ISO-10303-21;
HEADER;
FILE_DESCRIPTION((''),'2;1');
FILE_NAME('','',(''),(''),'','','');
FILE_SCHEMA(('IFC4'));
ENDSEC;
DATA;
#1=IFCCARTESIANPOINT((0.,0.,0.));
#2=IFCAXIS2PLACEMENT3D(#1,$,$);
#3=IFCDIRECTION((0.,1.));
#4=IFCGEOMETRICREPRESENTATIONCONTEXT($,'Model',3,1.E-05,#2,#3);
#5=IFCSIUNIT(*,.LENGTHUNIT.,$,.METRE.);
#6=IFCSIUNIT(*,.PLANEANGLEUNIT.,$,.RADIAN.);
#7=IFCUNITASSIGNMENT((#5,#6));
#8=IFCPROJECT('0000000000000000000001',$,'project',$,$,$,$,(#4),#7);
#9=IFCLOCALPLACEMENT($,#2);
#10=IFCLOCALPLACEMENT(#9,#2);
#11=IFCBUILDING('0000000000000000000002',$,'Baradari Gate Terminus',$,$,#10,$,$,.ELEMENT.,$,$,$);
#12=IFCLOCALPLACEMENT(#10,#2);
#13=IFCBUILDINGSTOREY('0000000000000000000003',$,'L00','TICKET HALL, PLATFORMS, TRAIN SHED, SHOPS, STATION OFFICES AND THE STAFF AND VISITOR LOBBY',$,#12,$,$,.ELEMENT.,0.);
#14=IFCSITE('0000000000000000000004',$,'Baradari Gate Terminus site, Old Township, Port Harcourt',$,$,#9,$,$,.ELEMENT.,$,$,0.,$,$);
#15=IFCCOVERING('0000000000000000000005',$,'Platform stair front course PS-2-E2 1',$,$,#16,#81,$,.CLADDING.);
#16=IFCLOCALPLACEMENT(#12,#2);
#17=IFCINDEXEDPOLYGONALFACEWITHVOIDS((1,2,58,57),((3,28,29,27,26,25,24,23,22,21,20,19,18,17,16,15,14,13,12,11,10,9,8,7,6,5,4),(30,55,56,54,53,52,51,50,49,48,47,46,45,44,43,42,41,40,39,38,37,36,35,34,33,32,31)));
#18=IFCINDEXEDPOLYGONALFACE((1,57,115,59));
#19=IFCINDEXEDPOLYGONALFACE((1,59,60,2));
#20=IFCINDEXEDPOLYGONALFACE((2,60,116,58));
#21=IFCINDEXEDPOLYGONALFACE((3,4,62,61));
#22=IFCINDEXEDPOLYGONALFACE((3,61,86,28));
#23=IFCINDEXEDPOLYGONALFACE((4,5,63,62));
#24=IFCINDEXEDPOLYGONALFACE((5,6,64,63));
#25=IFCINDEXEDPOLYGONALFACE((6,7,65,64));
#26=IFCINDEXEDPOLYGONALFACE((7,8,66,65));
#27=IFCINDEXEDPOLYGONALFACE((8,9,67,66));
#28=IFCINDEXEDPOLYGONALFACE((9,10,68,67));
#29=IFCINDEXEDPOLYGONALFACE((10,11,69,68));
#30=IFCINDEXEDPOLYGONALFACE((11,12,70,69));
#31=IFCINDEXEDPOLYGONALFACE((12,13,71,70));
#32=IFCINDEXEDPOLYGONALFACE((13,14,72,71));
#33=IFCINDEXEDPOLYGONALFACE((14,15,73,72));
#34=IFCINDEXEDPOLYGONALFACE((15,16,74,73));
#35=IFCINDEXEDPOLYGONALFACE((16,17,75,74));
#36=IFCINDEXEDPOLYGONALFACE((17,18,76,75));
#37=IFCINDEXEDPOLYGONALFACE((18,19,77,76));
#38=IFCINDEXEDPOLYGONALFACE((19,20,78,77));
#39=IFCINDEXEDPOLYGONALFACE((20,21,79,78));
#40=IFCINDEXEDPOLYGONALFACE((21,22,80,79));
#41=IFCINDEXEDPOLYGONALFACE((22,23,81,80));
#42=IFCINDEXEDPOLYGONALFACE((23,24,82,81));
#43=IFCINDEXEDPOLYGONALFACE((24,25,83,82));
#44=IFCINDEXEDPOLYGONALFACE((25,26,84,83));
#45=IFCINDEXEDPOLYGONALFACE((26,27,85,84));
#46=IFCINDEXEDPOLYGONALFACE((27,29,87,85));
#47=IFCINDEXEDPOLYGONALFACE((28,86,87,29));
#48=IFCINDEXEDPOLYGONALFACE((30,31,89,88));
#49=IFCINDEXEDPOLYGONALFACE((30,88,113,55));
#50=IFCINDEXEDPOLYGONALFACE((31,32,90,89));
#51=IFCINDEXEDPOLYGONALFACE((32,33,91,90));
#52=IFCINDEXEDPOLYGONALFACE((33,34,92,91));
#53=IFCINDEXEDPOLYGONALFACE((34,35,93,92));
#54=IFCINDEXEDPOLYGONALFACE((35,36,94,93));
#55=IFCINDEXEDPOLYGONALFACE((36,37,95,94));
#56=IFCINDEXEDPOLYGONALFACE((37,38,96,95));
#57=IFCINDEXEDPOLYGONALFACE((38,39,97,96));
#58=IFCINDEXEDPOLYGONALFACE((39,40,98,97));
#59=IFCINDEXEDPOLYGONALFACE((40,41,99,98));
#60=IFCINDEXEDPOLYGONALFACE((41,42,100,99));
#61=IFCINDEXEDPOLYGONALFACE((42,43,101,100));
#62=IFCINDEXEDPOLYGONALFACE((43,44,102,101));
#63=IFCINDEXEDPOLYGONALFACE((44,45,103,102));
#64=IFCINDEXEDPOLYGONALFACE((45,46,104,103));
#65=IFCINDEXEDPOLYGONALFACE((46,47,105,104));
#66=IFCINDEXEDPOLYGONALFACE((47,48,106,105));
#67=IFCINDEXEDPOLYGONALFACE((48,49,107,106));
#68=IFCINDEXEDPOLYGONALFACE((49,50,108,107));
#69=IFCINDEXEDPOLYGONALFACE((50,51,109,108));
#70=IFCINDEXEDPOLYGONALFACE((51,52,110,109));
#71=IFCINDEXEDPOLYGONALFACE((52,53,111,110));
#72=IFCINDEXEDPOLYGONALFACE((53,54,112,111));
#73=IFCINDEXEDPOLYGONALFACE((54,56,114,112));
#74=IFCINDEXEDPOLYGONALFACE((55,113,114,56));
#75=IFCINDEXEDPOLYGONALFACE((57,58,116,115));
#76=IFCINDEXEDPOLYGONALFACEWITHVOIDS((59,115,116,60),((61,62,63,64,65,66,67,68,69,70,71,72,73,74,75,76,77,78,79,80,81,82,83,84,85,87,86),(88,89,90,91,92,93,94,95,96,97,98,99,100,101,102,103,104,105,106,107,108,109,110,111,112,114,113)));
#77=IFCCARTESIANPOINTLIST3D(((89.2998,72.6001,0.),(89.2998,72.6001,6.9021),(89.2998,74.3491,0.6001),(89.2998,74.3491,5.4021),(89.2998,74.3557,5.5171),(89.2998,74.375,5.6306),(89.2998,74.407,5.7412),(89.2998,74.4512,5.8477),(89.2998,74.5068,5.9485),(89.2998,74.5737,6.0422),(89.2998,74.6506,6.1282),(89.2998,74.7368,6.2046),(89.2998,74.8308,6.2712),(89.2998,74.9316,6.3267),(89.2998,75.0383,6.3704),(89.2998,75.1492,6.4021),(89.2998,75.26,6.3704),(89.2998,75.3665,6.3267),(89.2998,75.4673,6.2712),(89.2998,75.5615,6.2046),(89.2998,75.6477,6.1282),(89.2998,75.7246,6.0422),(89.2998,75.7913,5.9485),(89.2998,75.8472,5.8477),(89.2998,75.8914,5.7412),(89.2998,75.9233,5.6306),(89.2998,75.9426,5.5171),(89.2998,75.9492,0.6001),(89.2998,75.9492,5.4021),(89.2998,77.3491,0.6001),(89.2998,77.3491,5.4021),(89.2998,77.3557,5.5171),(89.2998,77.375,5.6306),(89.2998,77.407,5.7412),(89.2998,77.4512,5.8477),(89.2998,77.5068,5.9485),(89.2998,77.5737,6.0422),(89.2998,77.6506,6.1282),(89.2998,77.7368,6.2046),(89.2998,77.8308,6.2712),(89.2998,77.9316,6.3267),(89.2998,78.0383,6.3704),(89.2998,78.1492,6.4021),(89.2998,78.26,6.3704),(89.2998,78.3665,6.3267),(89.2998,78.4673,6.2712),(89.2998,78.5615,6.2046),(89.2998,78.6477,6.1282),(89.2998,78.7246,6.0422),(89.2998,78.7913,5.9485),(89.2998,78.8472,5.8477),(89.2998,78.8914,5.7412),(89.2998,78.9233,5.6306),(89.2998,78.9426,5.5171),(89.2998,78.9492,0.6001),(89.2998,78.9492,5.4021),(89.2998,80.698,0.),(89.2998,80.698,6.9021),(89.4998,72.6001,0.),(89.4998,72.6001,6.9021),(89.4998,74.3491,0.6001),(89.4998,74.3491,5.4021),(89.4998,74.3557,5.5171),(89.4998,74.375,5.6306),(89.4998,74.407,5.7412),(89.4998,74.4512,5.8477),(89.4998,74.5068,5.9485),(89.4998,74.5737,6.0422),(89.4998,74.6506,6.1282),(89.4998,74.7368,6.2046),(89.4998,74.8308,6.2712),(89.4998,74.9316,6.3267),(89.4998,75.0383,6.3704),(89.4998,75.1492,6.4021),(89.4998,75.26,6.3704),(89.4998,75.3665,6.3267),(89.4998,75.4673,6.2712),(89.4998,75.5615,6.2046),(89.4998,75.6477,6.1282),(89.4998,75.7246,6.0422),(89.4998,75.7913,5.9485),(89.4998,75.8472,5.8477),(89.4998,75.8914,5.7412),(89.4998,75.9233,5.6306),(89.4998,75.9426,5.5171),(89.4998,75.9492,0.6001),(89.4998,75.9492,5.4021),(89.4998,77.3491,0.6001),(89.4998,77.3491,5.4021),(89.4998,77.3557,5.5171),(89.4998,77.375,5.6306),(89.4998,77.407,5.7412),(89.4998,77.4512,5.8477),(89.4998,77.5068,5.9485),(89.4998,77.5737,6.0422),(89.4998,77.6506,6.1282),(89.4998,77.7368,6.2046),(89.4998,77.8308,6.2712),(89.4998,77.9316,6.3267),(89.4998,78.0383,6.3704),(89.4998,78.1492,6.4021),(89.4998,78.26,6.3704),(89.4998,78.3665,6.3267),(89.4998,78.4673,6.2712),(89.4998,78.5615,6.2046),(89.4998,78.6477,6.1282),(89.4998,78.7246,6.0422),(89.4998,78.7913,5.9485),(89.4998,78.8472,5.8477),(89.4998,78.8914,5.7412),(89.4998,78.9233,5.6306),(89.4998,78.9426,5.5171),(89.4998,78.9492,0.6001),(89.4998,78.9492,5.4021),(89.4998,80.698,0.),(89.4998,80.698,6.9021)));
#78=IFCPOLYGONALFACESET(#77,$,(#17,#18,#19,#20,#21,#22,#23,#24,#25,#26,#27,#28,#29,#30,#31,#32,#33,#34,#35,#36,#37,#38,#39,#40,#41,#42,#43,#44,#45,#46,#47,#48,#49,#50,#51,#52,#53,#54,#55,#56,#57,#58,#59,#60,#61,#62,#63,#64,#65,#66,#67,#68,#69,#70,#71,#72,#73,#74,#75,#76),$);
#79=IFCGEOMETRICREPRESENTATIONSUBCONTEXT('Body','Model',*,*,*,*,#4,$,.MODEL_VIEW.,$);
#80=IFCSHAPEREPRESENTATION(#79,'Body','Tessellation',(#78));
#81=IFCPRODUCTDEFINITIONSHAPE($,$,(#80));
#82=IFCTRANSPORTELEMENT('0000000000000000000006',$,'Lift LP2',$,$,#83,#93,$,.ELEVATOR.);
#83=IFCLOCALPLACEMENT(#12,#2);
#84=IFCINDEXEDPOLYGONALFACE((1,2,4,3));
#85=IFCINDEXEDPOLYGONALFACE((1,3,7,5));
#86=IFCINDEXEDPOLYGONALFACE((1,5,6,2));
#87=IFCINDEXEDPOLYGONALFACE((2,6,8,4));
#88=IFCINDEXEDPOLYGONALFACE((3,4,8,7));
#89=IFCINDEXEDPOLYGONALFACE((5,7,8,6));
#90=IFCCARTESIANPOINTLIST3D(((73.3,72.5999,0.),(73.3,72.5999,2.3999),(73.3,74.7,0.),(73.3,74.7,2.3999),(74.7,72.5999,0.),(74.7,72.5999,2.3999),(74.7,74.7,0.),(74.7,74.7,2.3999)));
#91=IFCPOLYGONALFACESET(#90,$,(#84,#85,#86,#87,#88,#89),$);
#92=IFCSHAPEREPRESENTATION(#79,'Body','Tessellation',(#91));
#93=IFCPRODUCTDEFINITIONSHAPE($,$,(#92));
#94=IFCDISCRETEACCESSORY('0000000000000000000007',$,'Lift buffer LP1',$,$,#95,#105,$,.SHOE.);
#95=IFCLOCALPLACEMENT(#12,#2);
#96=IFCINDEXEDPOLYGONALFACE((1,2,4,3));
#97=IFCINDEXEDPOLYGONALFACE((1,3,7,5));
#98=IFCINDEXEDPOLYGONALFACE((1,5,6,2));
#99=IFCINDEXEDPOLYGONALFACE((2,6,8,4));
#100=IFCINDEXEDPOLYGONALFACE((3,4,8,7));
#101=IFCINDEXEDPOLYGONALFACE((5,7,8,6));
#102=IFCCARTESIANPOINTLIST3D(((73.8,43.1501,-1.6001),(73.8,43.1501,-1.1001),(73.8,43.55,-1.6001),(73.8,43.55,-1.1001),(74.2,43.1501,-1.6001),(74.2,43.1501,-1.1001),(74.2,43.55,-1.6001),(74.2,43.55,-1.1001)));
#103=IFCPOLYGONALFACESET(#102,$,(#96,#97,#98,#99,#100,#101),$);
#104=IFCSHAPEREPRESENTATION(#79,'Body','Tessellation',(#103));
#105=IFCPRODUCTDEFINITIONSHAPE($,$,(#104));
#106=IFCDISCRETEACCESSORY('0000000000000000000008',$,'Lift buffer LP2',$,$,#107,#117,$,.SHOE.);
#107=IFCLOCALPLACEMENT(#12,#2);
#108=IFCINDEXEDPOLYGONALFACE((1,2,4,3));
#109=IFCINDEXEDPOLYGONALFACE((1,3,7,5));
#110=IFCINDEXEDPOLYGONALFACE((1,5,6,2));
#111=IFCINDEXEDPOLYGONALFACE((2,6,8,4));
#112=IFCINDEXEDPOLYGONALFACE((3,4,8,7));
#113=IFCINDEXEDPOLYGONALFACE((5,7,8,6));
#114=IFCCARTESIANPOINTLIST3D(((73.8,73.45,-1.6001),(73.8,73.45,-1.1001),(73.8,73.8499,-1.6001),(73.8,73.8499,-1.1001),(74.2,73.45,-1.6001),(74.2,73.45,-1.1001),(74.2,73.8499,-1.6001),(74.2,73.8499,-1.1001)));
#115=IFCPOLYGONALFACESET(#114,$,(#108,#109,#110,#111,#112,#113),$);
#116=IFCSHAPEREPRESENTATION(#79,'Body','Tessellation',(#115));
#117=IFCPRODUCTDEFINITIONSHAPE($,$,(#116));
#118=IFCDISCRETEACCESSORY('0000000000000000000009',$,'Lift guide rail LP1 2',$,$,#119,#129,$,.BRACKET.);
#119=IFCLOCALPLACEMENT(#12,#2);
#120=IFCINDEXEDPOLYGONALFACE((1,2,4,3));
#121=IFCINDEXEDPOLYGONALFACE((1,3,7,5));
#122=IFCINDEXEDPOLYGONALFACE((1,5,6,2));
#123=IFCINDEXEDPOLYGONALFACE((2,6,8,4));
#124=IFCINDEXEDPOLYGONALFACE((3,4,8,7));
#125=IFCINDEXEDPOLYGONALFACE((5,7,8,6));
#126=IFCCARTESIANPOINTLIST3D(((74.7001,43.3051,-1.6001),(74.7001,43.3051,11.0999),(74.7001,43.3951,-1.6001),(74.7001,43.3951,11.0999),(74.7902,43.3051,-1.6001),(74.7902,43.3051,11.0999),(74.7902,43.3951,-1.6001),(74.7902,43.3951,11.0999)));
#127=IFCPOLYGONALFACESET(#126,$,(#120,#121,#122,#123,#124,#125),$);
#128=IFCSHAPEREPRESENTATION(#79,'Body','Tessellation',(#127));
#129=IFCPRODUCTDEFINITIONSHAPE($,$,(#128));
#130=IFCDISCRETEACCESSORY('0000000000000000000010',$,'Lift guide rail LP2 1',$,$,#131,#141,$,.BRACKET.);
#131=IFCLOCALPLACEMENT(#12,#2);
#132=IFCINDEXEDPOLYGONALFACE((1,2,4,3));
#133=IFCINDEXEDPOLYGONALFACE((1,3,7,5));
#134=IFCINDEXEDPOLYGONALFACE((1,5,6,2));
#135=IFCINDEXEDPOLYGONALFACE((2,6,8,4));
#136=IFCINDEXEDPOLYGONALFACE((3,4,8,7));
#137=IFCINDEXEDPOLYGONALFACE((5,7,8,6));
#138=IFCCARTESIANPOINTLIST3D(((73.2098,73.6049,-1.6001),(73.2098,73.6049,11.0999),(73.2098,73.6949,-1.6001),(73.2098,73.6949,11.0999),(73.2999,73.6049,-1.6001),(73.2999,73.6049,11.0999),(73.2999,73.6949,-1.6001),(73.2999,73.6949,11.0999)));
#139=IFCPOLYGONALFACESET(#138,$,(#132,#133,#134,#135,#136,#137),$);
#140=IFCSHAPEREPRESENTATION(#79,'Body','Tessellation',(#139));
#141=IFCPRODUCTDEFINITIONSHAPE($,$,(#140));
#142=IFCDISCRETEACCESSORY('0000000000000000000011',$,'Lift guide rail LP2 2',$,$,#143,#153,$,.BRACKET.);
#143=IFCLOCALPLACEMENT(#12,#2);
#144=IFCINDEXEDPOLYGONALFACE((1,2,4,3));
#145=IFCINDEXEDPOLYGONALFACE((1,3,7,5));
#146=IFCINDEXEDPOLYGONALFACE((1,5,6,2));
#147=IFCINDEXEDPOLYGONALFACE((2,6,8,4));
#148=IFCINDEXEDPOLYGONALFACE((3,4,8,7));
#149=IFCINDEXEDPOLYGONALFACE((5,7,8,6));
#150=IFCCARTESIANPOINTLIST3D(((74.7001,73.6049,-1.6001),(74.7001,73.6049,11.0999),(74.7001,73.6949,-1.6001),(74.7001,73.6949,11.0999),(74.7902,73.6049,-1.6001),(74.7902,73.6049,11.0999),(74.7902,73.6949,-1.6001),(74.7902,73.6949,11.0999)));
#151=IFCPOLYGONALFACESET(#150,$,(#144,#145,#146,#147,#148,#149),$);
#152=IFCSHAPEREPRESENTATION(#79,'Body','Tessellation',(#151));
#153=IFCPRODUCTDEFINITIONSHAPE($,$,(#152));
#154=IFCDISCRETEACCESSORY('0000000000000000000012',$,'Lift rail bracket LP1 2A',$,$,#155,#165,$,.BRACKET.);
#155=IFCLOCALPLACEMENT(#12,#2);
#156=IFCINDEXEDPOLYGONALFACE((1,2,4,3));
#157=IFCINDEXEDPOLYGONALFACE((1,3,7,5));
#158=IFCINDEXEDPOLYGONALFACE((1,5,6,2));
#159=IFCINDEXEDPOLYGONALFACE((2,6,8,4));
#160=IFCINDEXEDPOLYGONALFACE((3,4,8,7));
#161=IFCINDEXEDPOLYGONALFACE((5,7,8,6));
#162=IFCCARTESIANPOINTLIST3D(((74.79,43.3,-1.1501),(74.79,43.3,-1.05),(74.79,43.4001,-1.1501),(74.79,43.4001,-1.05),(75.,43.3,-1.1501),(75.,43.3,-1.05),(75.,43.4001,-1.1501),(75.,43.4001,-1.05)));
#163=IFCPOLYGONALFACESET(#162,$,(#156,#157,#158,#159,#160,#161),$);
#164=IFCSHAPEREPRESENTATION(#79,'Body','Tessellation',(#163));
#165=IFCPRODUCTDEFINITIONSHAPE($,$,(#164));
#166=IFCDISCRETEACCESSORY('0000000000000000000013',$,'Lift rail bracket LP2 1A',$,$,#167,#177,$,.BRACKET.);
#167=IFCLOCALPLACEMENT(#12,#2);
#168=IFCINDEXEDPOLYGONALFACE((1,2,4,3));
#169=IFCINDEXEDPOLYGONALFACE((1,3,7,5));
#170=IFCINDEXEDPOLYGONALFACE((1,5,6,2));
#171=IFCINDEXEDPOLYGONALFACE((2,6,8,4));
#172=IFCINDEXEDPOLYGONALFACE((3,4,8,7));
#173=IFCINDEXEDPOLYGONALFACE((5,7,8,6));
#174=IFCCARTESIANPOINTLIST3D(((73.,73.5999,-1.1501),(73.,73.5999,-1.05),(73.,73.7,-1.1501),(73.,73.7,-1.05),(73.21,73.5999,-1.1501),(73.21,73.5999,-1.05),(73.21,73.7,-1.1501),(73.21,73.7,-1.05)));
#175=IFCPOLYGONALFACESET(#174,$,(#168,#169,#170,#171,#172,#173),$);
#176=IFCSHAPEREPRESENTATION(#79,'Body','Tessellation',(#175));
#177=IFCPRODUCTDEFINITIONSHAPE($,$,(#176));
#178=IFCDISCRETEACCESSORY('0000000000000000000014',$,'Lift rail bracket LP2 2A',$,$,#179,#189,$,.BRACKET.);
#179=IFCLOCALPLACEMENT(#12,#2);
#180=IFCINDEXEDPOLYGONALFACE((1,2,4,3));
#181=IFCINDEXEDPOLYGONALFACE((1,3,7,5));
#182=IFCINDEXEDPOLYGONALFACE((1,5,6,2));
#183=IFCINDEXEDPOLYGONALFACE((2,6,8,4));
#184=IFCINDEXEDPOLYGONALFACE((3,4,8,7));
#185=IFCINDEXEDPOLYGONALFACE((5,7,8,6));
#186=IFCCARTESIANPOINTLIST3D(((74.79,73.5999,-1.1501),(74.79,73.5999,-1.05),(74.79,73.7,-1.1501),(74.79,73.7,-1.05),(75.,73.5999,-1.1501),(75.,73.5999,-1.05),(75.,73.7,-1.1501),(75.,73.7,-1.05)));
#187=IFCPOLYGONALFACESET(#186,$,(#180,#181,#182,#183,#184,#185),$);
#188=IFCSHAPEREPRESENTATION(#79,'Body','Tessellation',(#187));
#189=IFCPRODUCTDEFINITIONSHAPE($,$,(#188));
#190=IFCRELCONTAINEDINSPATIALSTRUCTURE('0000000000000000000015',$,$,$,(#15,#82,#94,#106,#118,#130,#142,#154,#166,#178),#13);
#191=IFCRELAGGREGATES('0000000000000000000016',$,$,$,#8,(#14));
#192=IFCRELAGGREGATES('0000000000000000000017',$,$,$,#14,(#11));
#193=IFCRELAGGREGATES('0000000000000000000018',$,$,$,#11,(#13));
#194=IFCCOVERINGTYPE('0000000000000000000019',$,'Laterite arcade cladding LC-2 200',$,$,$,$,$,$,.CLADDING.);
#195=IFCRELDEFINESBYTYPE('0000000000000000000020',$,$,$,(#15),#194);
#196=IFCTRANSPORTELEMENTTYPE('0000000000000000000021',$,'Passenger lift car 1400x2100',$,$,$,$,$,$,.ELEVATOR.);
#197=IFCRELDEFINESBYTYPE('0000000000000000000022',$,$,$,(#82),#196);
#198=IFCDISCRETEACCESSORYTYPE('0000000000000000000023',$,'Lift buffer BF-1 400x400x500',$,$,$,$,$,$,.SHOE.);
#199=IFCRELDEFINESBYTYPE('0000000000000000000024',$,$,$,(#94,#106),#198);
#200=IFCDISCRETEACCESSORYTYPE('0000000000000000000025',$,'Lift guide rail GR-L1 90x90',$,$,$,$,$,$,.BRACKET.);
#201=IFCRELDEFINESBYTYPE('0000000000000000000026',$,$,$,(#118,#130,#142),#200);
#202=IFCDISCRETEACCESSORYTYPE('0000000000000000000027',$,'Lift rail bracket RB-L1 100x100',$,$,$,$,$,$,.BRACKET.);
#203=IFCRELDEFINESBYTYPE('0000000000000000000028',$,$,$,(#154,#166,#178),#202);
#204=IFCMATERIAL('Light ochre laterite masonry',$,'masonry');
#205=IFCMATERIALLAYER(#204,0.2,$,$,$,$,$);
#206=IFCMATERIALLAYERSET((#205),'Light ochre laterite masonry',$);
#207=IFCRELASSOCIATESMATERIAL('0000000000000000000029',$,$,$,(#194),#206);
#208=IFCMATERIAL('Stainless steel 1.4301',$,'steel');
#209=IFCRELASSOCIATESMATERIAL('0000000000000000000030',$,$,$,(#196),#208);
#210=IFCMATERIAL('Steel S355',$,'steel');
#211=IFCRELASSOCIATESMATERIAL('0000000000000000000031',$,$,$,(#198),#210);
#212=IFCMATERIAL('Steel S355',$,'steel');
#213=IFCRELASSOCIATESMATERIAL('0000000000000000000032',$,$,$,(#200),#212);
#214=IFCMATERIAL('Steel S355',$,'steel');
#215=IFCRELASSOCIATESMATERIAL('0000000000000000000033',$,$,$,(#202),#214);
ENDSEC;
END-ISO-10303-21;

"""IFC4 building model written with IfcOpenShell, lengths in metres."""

from ifc_helpers import new_model, si_unit, direction, frame, origin, origin_2d, place, context, subcontext, project, spatial, polyline, rectangle, outline, extrude, material, layer, layer_set, type_object, element, save


model = new_model("IFC4")

# Units and contexts
model_context = context("Model", 3, precision=1e-05, world=origin(), true_north=direction((0.0, 1.0)))
body_context = subcontext(model_context, "Body", "Model", "MODEL_VIEW")
ifc_project = project(units=[si_unit("LENGTHUNIT", "METRE"), si_unit("PLANEANGLEUNIT", "RADIAN")], contexts=[model_context])

# Site, building, storey
site_placement = place(None, origin())
site = spatial("IfcSite", under=ifc_project, at=site_placement, Name="Baradari Gate Terminus site, Old Township, Port Harcourt", CompositionType="ELEMENT", RefElevation=0.0)
building_placement = place(site_placement, origin())
building = spatial("IfcBuilding", under=site, at=building_placement, Name="Baradari Gate Terminus", CompositionType="ELEMENT")
storey_placement = place(building_placement, origin())
storey = spatial("IfcBuildingStorey", under=building, at=storey_placement, Name="L00", Description="TICKET HALL, PLATFORMS, TRAIN SHED, SHOPS, STATION OFFICES AND THE STAFF AND VISITOR LOBBY", CompositionType="ELEMENT", Elevation=0.0)

# Covering
ifc_material_1 = material(Name="Light ochre laterite masonry", Category="masonry")
ifc_layer_1 = layer(ifc_material_1, 0.2)
ifc_layer_set_1 = layer_set([ifc_layer_1], Name="Light ochre laterite masonry")
covering_type = type_object("IfcCoveringType", Name="Laterite arcade cladding LC-2 200", PredefinedType="CLADDING", material=ifc_layer_set_1)
covering_1_placement = place(storey_placement, frame((89.3999, 72.6001, 0.0), z_axis=(0.0, 0.0, 1.0), x_axis=(0.0, 1.0, 0.0)))
element("IfcCovering", 1, at=covering_1_placement, inside=storey, type_object=covering_type, Name="Platform stair front course PS-2-E2 1", PredefinedType="CLADDING", context=body_context, shape_type="SweptSolid", body=[
    extrude(outline(polyline([(0.0, 0.0), (8.0979, 0.0), (8.0979, 6.9021), (0.0, 6.9021), (0.0, 0.0)]), holes=[polyline([(1.749, 5.4021), (1.7556, 5.5171), (1.7749, 5.6306), (1.8069, 5.7412), (1.8511, 5.8477), (1.9067, 5.9485), (1.9736, 6.0422), (2.0505, 6.1282), (2.1367, 6.2046), (2.2307, 6.2712), (2.3315, 6.3267), (2.4382, 6.3704), (2.5491, 6.4021), (2.6599, 6.3704), (2.7664, 6.3267), (2.8672, 6.2712), (2.9614, 6.2046), (3.0476, 6.1282), (3.1245, 6.0422), (3.1912, 5.9485), (3.2471, 5.8477), (3.2913, 5.7412), (3.3232, 5.6306), (3.3425, 5.5171), (3.3491, 5.4021), (3.3491, 0.6001), (1.749, 0.6001), (1.749, 5.4021)]), polyline([(4.749, 5.4021), (4.7556, 5.5171), (4.7749, 5.6306), (4.8069, 5.7412), (4.8511, 5.8477), (4.9067, 5.9485), (4.9736, 6.0422), (5.0505, 6.1282), (5.1367, 6.2046), (5.2307, 6.2712), (5.3315, 6.3267), (5.4382, 6.3704), (5.5491, 6.4021), (5.6599, 6.3704), (5.7664, 6.3267), (5.8672, 6.2712), (5.9614, 6.2046), (6.0476, 6.1282), (6.1245, 6.0422), (6.1912, 5.9485), (6.2471, 5.8477), (6.2913, 5.7412), (6.3232, 5.6306), (6.3425, 5.5171), (6.3491, 5.4021), (6.3491, 0.6001), (4.749, 0.6001), (4.749, 5.4021)])]), frame((0.0, 0.1001, 0.0), z_axis=(0.0, -1.0, 0.0), x_axis=(1.0, 0.0, 0.0)), (0.0, 0.0, 1.0), 0.2),
])

# Transport element
ifc_material_2 = material(Name="Stainless steel 1.4301", Category="steel")
transport_element_type = type_object("IfcTransportElementType", Name="Passenger lift car 1400x2100", PredefinedType="ELEVATOR", material=ifc_material_2)
transport_element_placement = place(storey_placement, frame((74.0, 73.6499, 0.0), z_axis=(0.0, 0.0, 1.0), x_axis=(1.0, 0.0, 0.0)))
element("IfcTransportElement", 2, at=transport_element_placement, inside=storey, type_object=transport_element_type, Name="Lift LP2", PredefinedType="ELEVATOR", context=body_context, shape_type="SweptSolid", body=[
    extrude(rectangle(XDim=1.3999, YDim=2.1001, at=origin_2d()), origin(), (0.0, 0.0, 1.0), 2.3999),
])

# Discrete accessories
ifc_material_3 = material(Name="Steel S355", Category="steel")
discrete_accessory_type_1 = type_object("IfcDiscreteAccessoryType", Name="Lift buffer BF-1 400x400x500", PredefinedType="SHOE", material=ifc_material_3)
for number, where, z_axis, x_axis, name in (
    (3, (74.0, 43.3501, -1.6001), (0.0, 0.0, 1.0), (1.0, 0.0, 0.0), "Lift buffer LP1"),
    (4, (74.0, 73.6499, -1.6001), (0.0, 0.0, 1.0), (1.0, 0.0, 0.0), "Lift buffer LP2"),
):
    element("IfcDiscreteAccessory", number, at=place(storey_placement, frame(where, z_axis=z_axis, x_axis=x_axis)), inside=storey, type_object=discrete_accessory_type_1, Name=name, PredefinedType="SHOE", context=body_context, shape_type="SweptSolid", body=[
        extrude(rectangle(XDim=0.3999, YDim=0.3999, at=origin_2d()), origin(), (0.0, 0.0, 1.0), 0.5),
    ])
ifc_material_4 = material(Name="Steel S355", Category="steel")
discrete_accessory_type_2 = type_object("IfcDiscreteAccessoryType", Name="Lift guide rail GR-L1 90x90", PredefinedType="BRACKET", material=ifc_material_4)
for number, where, z_axis, x_axis, name in (
    (5, (74.7451, 43.3501, -1.6001), (0.0, 0.0, 1.0), (1.0, 0.0, 0.0), "Lift guide rail LP1 2"),
    (6, (73.2549, 73.6499, -1.6001), (0.0, 0.0, 1.0), (1.0, 0.0, 0.0), "Lift guide rail LP2 1"),
    (7, (74.7451, 73.6499, -1.6001), (0.0, 0.0, 1.0), (1.0, 0.0, 0.0), "Lift guide rail LP2 2"),
):
    element("IfcDiscreteAccessory", number, at=place(storey_placement, frame(where, z_axis=z_axis, x_axis=x_axis)), inside=storey, type_object=discrete_accessory_type_2, Name=name, PredefinedType="BRACKET", context=body_context, shape_type="SweptSolid", body=[
        extrude(rectangle(XDim=0.0901, YDim=0.0901, at=origin_2d()), origin(), (0.0, 0.0, 1.0), 12.7),
    ])
ifc_material_5 = material(Name="Steel S355", Category="steel")
discrete_accessory_type_3 = type_object("IfcDiscreteAccessoryType", Name="Lift rail bracket RB-L1 100x100", PredefinedType="BRACKET", material=ifc_material_5)
for number, where, z_axis, x_axis, name in (
    (8, (74.895, 43.3501, -1.1501), (0.0, 0.0, 1.0), (1.0, 0.0, 0.0), "Lift rail bracket LP1 2A"),
    (9, (73.105, 73.6499, -1.1501), (0.0, 0.0, 1.0), (1.0, 0.0, 0.0), "Lift rail bracket LP2 1A"),
    (10, (74.895, 73.6499, -1.1501), (0.0, 0.0, 1.0), (1.0, 0.0, 0.0), "Lift rail bracket LP2 2A"),
):
    element("IfcDiscreteAccessory", number, at=place(storey_placement, frame(where, z_axis=z_axis, x_axis=x_axis)), inside=storey, type_object=discrete_accessory_type_3, Name=name, PredefinedType="BRACKET", context=body_context, shape_type="SweptSolid", body=[
        extrude(rectangle(XDim=0.21, YDim=0.1001, at=origin_2d()), origin(), (0.0, 0.0, 1.0), 0.1001),
    ])

save(model, "model.ifc")
